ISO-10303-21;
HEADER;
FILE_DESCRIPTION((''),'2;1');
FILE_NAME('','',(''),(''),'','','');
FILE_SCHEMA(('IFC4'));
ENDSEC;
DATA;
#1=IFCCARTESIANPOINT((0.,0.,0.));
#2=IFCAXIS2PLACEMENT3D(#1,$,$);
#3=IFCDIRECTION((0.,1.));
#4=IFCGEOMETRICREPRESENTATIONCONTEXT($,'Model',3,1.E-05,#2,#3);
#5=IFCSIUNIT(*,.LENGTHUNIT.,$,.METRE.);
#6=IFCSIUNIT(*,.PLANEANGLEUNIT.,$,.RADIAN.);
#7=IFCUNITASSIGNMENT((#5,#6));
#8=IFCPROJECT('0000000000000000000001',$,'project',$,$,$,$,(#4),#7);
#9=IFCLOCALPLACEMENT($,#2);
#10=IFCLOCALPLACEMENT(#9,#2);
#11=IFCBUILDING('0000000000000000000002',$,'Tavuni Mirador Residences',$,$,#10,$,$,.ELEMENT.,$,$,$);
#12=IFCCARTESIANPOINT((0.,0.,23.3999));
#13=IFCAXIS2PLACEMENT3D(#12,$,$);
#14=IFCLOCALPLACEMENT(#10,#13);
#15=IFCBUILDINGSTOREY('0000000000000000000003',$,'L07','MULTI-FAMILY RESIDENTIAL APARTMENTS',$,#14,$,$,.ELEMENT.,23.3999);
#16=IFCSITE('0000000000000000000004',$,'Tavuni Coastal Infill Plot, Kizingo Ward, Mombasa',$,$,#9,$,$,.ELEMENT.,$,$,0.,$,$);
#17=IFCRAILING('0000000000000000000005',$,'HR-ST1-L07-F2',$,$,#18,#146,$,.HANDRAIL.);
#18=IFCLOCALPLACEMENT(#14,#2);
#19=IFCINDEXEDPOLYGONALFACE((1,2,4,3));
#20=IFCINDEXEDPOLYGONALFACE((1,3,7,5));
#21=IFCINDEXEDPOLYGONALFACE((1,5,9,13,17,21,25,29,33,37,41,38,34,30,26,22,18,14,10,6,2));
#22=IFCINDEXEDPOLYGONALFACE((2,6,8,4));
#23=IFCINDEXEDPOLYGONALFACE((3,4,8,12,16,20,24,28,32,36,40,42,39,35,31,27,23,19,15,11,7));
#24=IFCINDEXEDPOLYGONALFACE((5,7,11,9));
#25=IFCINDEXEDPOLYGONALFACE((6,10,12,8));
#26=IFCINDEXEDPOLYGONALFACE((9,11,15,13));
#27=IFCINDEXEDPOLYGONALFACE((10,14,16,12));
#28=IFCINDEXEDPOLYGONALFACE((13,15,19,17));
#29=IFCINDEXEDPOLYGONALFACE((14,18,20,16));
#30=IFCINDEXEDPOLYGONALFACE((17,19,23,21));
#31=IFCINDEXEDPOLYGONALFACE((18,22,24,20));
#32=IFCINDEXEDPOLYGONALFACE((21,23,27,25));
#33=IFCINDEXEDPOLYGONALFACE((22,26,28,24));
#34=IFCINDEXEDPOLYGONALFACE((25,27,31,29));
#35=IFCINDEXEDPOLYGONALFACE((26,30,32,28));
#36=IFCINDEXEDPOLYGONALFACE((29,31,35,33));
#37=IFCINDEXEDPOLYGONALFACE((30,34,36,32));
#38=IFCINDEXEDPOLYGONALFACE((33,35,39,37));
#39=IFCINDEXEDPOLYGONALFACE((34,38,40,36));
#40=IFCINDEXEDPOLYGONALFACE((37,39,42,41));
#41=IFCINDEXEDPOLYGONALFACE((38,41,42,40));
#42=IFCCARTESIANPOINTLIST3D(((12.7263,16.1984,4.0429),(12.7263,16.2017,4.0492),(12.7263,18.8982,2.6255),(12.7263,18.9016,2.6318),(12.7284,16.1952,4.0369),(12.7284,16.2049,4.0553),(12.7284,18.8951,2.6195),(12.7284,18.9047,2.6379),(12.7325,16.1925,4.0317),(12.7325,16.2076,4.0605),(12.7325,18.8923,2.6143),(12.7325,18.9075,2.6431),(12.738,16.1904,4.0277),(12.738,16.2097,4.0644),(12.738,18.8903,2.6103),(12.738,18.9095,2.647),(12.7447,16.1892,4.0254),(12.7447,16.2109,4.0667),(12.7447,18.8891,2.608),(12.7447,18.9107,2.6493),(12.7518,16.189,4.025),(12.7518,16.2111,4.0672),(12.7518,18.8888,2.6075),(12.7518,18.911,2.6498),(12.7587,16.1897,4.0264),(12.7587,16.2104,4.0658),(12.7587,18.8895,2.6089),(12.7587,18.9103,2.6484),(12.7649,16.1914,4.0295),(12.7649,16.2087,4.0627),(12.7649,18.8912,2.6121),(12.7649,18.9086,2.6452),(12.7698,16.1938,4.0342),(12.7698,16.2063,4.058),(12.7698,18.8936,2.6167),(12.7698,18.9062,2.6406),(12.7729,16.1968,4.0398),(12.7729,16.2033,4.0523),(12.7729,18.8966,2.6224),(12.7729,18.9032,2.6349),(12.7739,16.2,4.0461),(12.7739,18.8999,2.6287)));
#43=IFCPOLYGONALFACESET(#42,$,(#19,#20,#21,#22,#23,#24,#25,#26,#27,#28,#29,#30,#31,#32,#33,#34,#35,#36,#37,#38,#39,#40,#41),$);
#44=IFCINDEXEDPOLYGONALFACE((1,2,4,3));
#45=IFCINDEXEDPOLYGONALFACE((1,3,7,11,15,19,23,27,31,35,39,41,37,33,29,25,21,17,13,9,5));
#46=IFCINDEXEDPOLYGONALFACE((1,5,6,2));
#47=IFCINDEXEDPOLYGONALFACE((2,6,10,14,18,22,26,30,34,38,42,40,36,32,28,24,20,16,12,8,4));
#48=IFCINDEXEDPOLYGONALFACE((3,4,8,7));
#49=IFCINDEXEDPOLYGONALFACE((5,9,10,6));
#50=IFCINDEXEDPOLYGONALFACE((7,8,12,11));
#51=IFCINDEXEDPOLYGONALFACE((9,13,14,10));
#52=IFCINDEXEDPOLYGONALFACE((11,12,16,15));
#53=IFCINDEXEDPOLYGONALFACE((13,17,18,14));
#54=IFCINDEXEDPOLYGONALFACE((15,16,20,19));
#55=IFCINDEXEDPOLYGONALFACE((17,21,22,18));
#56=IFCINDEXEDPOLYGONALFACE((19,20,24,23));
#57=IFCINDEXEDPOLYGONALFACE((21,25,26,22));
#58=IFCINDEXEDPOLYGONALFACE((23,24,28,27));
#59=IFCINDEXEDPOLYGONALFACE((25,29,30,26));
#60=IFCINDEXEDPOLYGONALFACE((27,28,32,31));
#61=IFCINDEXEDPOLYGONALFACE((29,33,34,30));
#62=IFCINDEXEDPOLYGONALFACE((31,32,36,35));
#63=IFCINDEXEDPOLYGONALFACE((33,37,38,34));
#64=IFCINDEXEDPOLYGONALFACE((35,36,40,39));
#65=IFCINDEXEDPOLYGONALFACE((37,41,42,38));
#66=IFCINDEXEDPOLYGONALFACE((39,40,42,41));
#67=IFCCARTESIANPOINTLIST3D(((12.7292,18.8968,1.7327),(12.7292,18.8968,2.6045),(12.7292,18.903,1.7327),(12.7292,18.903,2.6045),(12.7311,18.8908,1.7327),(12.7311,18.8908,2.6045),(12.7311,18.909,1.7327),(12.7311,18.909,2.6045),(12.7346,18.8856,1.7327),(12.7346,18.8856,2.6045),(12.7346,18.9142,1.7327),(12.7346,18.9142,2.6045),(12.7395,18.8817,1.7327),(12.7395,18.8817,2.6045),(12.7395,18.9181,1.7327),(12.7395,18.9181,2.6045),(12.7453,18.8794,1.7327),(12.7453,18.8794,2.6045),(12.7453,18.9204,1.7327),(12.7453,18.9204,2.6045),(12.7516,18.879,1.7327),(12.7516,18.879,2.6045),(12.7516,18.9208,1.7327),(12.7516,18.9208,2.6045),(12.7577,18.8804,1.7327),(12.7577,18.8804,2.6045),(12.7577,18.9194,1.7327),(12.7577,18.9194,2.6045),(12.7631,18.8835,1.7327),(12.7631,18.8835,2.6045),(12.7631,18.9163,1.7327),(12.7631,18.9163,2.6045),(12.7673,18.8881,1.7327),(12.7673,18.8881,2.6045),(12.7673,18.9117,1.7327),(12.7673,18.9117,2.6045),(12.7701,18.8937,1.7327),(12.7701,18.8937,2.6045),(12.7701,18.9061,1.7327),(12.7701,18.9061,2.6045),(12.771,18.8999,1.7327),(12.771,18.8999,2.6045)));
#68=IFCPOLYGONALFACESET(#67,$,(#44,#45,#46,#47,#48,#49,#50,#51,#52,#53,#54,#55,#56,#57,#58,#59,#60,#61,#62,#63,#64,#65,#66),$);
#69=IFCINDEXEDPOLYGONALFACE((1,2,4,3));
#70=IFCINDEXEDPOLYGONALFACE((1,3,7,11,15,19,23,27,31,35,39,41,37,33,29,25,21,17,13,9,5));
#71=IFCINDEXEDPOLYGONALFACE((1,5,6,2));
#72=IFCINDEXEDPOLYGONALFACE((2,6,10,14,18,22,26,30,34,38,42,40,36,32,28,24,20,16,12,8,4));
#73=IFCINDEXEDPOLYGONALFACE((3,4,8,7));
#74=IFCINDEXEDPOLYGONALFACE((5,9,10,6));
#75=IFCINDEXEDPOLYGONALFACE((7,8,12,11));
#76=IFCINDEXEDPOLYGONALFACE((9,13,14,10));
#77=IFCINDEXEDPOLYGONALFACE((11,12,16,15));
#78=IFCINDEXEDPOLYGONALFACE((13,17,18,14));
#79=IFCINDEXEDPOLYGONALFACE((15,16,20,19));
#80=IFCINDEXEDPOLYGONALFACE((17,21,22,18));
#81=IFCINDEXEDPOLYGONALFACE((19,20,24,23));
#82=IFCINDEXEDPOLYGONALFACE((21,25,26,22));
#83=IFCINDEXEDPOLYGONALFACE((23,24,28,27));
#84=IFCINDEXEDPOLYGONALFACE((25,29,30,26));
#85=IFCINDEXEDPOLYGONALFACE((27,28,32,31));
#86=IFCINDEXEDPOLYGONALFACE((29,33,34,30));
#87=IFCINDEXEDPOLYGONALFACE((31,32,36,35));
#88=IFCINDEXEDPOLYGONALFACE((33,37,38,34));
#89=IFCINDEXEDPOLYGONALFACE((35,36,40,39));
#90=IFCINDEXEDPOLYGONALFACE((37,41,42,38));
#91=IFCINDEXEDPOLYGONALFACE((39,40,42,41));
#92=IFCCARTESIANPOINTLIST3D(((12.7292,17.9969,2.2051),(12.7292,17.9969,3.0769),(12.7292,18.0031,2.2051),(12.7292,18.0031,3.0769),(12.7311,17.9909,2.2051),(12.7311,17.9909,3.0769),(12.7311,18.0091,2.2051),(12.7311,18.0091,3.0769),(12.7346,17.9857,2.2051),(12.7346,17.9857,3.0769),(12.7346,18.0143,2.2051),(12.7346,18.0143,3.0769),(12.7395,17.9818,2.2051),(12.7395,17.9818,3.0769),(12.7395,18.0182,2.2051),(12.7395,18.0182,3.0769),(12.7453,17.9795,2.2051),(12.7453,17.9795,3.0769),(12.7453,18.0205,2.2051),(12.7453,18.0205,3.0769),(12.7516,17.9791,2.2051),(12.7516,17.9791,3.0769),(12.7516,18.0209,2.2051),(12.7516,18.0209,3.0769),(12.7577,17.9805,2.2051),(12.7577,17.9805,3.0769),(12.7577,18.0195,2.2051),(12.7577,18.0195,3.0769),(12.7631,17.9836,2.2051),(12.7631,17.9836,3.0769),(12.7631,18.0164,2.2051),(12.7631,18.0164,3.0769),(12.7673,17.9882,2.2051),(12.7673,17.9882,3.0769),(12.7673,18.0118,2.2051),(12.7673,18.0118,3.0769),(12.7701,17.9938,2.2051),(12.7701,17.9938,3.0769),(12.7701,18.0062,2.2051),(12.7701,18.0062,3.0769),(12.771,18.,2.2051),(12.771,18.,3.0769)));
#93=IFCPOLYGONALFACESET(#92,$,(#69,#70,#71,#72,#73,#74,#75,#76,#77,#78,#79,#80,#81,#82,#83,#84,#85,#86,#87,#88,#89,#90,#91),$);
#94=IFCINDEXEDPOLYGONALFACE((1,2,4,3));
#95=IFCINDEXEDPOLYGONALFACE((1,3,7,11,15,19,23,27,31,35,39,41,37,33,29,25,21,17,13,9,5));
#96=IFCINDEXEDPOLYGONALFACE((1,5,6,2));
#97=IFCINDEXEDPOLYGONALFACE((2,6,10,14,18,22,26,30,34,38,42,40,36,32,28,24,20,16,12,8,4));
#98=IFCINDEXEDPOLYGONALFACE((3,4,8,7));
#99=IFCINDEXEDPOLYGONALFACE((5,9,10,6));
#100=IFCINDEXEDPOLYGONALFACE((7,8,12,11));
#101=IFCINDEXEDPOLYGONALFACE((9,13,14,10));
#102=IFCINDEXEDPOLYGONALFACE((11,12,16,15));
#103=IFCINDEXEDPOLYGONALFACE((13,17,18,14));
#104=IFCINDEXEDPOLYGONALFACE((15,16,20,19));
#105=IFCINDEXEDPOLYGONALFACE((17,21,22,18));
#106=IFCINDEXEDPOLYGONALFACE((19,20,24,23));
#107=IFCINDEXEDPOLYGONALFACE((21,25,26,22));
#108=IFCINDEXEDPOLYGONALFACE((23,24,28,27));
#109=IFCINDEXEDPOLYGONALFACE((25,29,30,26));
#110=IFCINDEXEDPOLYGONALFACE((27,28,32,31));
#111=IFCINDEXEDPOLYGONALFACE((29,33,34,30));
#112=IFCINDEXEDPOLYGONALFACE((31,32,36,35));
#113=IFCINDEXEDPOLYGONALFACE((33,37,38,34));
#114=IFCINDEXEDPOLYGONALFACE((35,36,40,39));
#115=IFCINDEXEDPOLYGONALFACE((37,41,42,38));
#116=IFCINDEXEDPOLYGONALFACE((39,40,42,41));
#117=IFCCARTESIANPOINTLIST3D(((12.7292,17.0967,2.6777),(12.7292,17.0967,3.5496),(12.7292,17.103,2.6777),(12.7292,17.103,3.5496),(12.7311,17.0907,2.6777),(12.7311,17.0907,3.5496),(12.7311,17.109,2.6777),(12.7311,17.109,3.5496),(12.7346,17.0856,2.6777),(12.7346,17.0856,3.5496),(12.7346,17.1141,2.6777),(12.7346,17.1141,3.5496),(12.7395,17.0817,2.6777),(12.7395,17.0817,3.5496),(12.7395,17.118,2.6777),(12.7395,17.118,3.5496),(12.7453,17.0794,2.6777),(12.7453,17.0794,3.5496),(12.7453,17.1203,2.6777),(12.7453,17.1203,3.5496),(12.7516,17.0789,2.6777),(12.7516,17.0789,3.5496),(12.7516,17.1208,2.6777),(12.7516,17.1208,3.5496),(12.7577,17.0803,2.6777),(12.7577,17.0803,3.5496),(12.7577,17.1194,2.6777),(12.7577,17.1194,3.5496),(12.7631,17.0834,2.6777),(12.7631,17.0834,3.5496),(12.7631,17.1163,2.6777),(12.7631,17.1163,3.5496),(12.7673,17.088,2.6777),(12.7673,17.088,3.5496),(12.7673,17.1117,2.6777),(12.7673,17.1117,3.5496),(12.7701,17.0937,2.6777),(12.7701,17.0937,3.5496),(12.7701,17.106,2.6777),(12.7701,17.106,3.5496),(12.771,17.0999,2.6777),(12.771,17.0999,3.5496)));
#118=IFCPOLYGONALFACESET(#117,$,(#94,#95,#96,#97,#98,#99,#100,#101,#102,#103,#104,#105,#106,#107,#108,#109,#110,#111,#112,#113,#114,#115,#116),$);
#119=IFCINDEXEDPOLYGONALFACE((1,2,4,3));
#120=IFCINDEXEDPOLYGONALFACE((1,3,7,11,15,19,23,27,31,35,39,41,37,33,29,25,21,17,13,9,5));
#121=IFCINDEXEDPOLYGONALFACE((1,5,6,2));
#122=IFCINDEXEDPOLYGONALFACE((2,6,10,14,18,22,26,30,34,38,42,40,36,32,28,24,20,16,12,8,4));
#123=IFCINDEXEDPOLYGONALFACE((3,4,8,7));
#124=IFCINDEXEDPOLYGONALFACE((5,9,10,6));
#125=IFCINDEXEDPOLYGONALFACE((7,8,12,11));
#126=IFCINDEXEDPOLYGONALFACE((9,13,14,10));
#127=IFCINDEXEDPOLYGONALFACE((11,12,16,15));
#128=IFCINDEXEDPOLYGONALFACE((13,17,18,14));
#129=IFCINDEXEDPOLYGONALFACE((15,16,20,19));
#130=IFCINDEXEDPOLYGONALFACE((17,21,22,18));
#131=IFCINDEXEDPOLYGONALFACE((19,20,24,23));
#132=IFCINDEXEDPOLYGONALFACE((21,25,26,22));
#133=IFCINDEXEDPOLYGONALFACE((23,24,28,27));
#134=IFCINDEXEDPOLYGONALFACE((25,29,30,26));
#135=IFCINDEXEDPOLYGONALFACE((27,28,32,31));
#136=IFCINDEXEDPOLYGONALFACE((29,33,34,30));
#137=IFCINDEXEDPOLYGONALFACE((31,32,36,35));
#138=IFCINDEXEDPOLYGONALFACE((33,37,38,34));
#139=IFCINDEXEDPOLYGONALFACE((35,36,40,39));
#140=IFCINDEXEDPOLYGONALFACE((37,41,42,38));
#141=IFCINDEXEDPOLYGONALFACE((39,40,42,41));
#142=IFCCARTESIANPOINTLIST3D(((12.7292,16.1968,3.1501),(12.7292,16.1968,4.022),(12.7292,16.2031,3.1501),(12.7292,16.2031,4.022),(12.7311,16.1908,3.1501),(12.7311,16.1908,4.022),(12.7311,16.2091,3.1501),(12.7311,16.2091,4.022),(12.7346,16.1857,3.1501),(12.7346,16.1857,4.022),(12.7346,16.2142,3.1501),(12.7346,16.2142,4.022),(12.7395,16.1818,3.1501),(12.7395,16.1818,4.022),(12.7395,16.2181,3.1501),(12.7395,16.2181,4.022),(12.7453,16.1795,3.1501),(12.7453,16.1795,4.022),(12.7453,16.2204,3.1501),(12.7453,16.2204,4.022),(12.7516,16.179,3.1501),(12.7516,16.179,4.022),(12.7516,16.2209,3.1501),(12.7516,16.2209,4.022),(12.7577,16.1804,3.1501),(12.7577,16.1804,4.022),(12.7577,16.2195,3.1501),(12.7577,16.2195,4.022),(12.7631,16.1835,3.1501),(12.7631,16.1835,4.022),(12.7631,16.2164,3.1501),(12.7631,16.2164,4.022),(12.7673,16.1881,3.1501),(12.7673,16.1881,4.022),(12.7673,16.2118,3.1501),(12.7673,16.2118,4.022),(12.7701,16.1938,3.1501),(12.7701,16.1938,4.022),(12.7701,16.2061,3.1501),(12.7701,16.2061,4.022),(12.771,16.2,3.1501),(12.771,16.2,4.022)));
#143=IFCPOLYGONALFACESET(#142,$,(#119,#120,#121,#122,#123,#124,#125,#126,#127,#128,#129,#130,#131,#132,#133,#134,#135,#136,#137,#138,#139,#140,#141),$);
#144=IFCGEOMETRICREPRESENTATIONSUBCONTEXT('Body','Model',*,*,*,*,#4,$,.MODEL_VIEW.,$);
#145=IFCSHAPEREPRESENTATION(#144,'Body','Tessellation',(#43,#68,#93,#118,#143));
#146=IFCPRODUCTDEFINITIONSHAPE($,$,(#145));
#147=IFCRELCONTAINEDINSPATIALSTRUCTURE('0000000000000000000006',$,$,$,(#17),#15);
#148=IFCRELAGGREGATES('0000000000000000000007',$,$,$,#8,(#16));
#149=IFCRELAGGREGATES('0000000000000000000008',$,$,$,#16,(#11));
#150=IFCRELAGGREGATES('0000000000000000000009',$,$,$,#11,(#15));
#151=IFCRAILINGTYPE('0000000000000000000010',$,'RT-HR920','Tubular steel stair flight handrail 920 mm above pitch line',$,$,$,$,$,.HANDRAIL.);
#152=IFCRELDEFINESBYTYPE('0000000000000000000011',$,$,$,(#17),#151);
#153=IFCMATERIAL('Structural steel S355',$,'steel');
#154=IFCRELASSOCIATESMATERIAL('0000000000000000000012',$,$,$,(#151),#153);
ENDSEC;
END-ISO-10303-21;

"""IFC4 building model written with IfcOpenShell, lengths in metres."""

from ifc_helpers import new_model, si_unit, direction, frame, origin, origin_2d, place, context, subcontext, project, spatial, circle, extrude, material, type_object, element, save


model = new_model("IFC4")

# Units and contexts
model_context = context("Model", 3, precision=1e-05, world=origin(), true_north=direction((0.0, 1.0)))
body_context = subcontext(model_context, "Body", "Model", "MODEL_VIEW")
ifc_project = project(units=[si_unit("LENGTHUNIT", "METRE"), si_unit("PLANEANGLEUNIT", "RADIAN")], contexts=[model_context])

# Site, building, storey
site_placement = place(None, origin())
site = spatial("IfcSite", under=ifc_project, at=site_placement, Name="Tavuni Coastal Infill Plot, Kizingo Ward, Mombasa", CompositionType="ELEMENT", RefElevation=0.0)
building_placement = place(site_placement, origin())
building = spatial("IfcBuilding", under=site, at=building_placement, Name="Tavuni Mirador Residences", CompositionType="ELEMENT")
storey_placement = place(building_placement, frame((0.0, 0.0, 23.3999)))
storey = spatial("IfcBuildingStorey", under=building, at=storey_placement, Name="L07", Description="MULTI-FAMILY RESIDENTIAL APARTMENTS", CompositionType="ELEMENT", Elevation=23.3999)

# Shared definitions
ifc_material_1 = material(Name="Structural steel S355", Category="steel")

# Railing
railing_type_1 = type_object("IfcRailingType", Name="RT-HR920", Description="Tubular steel stair flight handrail 920 mm above pitch line", PredefinedType="HANDRAIL", material=ifc_material_1)
railing_1_placement = place(storey_placement, frame((12.75, 18.8999, 1.7327)))
element("IfcRailing", 1, at=railing_1_placement, inside=storey, type_object=railing_type_1, Name="HR-ST1-L07-F2", PredefinedType="HANDRAIL", context=body_context, shape_type="SweptSolid", body=[
    extrude(circle(Radius=0.0239, at=origin_2d()), frame((0.0, 0.0, 0.896), z_axis=(0.0, -0.885397, 0.464835), x_axis=(1.0, 0.0, 0.0)), (0.0, 0.0, 1.0), 3.0493),
    extrude(circle(Radius=0.021, at=origin_2d()), origin(), (0.0, 0.0, 1.0), 0.8718),
    extrude(circle(Radius=0.021, at=origin_2d()), frame((0.0, -0.8999, 0.4724)), (0.0, 0.0, 1.0), 0.8718),
    extrude(circle(Radius=0.021, at=origin_2d()), frame((0.0, -1.8, 0.9451)), (0.0, 0.0, 1.0), 0.8718),
    extrude(circle(Radius=0.021, at=origin_2d()), frame((0.0, -2.7, 1.4175)), (0.0, 0.0, 1.0), 0.8718),
])

save(model, "model.ifc")
